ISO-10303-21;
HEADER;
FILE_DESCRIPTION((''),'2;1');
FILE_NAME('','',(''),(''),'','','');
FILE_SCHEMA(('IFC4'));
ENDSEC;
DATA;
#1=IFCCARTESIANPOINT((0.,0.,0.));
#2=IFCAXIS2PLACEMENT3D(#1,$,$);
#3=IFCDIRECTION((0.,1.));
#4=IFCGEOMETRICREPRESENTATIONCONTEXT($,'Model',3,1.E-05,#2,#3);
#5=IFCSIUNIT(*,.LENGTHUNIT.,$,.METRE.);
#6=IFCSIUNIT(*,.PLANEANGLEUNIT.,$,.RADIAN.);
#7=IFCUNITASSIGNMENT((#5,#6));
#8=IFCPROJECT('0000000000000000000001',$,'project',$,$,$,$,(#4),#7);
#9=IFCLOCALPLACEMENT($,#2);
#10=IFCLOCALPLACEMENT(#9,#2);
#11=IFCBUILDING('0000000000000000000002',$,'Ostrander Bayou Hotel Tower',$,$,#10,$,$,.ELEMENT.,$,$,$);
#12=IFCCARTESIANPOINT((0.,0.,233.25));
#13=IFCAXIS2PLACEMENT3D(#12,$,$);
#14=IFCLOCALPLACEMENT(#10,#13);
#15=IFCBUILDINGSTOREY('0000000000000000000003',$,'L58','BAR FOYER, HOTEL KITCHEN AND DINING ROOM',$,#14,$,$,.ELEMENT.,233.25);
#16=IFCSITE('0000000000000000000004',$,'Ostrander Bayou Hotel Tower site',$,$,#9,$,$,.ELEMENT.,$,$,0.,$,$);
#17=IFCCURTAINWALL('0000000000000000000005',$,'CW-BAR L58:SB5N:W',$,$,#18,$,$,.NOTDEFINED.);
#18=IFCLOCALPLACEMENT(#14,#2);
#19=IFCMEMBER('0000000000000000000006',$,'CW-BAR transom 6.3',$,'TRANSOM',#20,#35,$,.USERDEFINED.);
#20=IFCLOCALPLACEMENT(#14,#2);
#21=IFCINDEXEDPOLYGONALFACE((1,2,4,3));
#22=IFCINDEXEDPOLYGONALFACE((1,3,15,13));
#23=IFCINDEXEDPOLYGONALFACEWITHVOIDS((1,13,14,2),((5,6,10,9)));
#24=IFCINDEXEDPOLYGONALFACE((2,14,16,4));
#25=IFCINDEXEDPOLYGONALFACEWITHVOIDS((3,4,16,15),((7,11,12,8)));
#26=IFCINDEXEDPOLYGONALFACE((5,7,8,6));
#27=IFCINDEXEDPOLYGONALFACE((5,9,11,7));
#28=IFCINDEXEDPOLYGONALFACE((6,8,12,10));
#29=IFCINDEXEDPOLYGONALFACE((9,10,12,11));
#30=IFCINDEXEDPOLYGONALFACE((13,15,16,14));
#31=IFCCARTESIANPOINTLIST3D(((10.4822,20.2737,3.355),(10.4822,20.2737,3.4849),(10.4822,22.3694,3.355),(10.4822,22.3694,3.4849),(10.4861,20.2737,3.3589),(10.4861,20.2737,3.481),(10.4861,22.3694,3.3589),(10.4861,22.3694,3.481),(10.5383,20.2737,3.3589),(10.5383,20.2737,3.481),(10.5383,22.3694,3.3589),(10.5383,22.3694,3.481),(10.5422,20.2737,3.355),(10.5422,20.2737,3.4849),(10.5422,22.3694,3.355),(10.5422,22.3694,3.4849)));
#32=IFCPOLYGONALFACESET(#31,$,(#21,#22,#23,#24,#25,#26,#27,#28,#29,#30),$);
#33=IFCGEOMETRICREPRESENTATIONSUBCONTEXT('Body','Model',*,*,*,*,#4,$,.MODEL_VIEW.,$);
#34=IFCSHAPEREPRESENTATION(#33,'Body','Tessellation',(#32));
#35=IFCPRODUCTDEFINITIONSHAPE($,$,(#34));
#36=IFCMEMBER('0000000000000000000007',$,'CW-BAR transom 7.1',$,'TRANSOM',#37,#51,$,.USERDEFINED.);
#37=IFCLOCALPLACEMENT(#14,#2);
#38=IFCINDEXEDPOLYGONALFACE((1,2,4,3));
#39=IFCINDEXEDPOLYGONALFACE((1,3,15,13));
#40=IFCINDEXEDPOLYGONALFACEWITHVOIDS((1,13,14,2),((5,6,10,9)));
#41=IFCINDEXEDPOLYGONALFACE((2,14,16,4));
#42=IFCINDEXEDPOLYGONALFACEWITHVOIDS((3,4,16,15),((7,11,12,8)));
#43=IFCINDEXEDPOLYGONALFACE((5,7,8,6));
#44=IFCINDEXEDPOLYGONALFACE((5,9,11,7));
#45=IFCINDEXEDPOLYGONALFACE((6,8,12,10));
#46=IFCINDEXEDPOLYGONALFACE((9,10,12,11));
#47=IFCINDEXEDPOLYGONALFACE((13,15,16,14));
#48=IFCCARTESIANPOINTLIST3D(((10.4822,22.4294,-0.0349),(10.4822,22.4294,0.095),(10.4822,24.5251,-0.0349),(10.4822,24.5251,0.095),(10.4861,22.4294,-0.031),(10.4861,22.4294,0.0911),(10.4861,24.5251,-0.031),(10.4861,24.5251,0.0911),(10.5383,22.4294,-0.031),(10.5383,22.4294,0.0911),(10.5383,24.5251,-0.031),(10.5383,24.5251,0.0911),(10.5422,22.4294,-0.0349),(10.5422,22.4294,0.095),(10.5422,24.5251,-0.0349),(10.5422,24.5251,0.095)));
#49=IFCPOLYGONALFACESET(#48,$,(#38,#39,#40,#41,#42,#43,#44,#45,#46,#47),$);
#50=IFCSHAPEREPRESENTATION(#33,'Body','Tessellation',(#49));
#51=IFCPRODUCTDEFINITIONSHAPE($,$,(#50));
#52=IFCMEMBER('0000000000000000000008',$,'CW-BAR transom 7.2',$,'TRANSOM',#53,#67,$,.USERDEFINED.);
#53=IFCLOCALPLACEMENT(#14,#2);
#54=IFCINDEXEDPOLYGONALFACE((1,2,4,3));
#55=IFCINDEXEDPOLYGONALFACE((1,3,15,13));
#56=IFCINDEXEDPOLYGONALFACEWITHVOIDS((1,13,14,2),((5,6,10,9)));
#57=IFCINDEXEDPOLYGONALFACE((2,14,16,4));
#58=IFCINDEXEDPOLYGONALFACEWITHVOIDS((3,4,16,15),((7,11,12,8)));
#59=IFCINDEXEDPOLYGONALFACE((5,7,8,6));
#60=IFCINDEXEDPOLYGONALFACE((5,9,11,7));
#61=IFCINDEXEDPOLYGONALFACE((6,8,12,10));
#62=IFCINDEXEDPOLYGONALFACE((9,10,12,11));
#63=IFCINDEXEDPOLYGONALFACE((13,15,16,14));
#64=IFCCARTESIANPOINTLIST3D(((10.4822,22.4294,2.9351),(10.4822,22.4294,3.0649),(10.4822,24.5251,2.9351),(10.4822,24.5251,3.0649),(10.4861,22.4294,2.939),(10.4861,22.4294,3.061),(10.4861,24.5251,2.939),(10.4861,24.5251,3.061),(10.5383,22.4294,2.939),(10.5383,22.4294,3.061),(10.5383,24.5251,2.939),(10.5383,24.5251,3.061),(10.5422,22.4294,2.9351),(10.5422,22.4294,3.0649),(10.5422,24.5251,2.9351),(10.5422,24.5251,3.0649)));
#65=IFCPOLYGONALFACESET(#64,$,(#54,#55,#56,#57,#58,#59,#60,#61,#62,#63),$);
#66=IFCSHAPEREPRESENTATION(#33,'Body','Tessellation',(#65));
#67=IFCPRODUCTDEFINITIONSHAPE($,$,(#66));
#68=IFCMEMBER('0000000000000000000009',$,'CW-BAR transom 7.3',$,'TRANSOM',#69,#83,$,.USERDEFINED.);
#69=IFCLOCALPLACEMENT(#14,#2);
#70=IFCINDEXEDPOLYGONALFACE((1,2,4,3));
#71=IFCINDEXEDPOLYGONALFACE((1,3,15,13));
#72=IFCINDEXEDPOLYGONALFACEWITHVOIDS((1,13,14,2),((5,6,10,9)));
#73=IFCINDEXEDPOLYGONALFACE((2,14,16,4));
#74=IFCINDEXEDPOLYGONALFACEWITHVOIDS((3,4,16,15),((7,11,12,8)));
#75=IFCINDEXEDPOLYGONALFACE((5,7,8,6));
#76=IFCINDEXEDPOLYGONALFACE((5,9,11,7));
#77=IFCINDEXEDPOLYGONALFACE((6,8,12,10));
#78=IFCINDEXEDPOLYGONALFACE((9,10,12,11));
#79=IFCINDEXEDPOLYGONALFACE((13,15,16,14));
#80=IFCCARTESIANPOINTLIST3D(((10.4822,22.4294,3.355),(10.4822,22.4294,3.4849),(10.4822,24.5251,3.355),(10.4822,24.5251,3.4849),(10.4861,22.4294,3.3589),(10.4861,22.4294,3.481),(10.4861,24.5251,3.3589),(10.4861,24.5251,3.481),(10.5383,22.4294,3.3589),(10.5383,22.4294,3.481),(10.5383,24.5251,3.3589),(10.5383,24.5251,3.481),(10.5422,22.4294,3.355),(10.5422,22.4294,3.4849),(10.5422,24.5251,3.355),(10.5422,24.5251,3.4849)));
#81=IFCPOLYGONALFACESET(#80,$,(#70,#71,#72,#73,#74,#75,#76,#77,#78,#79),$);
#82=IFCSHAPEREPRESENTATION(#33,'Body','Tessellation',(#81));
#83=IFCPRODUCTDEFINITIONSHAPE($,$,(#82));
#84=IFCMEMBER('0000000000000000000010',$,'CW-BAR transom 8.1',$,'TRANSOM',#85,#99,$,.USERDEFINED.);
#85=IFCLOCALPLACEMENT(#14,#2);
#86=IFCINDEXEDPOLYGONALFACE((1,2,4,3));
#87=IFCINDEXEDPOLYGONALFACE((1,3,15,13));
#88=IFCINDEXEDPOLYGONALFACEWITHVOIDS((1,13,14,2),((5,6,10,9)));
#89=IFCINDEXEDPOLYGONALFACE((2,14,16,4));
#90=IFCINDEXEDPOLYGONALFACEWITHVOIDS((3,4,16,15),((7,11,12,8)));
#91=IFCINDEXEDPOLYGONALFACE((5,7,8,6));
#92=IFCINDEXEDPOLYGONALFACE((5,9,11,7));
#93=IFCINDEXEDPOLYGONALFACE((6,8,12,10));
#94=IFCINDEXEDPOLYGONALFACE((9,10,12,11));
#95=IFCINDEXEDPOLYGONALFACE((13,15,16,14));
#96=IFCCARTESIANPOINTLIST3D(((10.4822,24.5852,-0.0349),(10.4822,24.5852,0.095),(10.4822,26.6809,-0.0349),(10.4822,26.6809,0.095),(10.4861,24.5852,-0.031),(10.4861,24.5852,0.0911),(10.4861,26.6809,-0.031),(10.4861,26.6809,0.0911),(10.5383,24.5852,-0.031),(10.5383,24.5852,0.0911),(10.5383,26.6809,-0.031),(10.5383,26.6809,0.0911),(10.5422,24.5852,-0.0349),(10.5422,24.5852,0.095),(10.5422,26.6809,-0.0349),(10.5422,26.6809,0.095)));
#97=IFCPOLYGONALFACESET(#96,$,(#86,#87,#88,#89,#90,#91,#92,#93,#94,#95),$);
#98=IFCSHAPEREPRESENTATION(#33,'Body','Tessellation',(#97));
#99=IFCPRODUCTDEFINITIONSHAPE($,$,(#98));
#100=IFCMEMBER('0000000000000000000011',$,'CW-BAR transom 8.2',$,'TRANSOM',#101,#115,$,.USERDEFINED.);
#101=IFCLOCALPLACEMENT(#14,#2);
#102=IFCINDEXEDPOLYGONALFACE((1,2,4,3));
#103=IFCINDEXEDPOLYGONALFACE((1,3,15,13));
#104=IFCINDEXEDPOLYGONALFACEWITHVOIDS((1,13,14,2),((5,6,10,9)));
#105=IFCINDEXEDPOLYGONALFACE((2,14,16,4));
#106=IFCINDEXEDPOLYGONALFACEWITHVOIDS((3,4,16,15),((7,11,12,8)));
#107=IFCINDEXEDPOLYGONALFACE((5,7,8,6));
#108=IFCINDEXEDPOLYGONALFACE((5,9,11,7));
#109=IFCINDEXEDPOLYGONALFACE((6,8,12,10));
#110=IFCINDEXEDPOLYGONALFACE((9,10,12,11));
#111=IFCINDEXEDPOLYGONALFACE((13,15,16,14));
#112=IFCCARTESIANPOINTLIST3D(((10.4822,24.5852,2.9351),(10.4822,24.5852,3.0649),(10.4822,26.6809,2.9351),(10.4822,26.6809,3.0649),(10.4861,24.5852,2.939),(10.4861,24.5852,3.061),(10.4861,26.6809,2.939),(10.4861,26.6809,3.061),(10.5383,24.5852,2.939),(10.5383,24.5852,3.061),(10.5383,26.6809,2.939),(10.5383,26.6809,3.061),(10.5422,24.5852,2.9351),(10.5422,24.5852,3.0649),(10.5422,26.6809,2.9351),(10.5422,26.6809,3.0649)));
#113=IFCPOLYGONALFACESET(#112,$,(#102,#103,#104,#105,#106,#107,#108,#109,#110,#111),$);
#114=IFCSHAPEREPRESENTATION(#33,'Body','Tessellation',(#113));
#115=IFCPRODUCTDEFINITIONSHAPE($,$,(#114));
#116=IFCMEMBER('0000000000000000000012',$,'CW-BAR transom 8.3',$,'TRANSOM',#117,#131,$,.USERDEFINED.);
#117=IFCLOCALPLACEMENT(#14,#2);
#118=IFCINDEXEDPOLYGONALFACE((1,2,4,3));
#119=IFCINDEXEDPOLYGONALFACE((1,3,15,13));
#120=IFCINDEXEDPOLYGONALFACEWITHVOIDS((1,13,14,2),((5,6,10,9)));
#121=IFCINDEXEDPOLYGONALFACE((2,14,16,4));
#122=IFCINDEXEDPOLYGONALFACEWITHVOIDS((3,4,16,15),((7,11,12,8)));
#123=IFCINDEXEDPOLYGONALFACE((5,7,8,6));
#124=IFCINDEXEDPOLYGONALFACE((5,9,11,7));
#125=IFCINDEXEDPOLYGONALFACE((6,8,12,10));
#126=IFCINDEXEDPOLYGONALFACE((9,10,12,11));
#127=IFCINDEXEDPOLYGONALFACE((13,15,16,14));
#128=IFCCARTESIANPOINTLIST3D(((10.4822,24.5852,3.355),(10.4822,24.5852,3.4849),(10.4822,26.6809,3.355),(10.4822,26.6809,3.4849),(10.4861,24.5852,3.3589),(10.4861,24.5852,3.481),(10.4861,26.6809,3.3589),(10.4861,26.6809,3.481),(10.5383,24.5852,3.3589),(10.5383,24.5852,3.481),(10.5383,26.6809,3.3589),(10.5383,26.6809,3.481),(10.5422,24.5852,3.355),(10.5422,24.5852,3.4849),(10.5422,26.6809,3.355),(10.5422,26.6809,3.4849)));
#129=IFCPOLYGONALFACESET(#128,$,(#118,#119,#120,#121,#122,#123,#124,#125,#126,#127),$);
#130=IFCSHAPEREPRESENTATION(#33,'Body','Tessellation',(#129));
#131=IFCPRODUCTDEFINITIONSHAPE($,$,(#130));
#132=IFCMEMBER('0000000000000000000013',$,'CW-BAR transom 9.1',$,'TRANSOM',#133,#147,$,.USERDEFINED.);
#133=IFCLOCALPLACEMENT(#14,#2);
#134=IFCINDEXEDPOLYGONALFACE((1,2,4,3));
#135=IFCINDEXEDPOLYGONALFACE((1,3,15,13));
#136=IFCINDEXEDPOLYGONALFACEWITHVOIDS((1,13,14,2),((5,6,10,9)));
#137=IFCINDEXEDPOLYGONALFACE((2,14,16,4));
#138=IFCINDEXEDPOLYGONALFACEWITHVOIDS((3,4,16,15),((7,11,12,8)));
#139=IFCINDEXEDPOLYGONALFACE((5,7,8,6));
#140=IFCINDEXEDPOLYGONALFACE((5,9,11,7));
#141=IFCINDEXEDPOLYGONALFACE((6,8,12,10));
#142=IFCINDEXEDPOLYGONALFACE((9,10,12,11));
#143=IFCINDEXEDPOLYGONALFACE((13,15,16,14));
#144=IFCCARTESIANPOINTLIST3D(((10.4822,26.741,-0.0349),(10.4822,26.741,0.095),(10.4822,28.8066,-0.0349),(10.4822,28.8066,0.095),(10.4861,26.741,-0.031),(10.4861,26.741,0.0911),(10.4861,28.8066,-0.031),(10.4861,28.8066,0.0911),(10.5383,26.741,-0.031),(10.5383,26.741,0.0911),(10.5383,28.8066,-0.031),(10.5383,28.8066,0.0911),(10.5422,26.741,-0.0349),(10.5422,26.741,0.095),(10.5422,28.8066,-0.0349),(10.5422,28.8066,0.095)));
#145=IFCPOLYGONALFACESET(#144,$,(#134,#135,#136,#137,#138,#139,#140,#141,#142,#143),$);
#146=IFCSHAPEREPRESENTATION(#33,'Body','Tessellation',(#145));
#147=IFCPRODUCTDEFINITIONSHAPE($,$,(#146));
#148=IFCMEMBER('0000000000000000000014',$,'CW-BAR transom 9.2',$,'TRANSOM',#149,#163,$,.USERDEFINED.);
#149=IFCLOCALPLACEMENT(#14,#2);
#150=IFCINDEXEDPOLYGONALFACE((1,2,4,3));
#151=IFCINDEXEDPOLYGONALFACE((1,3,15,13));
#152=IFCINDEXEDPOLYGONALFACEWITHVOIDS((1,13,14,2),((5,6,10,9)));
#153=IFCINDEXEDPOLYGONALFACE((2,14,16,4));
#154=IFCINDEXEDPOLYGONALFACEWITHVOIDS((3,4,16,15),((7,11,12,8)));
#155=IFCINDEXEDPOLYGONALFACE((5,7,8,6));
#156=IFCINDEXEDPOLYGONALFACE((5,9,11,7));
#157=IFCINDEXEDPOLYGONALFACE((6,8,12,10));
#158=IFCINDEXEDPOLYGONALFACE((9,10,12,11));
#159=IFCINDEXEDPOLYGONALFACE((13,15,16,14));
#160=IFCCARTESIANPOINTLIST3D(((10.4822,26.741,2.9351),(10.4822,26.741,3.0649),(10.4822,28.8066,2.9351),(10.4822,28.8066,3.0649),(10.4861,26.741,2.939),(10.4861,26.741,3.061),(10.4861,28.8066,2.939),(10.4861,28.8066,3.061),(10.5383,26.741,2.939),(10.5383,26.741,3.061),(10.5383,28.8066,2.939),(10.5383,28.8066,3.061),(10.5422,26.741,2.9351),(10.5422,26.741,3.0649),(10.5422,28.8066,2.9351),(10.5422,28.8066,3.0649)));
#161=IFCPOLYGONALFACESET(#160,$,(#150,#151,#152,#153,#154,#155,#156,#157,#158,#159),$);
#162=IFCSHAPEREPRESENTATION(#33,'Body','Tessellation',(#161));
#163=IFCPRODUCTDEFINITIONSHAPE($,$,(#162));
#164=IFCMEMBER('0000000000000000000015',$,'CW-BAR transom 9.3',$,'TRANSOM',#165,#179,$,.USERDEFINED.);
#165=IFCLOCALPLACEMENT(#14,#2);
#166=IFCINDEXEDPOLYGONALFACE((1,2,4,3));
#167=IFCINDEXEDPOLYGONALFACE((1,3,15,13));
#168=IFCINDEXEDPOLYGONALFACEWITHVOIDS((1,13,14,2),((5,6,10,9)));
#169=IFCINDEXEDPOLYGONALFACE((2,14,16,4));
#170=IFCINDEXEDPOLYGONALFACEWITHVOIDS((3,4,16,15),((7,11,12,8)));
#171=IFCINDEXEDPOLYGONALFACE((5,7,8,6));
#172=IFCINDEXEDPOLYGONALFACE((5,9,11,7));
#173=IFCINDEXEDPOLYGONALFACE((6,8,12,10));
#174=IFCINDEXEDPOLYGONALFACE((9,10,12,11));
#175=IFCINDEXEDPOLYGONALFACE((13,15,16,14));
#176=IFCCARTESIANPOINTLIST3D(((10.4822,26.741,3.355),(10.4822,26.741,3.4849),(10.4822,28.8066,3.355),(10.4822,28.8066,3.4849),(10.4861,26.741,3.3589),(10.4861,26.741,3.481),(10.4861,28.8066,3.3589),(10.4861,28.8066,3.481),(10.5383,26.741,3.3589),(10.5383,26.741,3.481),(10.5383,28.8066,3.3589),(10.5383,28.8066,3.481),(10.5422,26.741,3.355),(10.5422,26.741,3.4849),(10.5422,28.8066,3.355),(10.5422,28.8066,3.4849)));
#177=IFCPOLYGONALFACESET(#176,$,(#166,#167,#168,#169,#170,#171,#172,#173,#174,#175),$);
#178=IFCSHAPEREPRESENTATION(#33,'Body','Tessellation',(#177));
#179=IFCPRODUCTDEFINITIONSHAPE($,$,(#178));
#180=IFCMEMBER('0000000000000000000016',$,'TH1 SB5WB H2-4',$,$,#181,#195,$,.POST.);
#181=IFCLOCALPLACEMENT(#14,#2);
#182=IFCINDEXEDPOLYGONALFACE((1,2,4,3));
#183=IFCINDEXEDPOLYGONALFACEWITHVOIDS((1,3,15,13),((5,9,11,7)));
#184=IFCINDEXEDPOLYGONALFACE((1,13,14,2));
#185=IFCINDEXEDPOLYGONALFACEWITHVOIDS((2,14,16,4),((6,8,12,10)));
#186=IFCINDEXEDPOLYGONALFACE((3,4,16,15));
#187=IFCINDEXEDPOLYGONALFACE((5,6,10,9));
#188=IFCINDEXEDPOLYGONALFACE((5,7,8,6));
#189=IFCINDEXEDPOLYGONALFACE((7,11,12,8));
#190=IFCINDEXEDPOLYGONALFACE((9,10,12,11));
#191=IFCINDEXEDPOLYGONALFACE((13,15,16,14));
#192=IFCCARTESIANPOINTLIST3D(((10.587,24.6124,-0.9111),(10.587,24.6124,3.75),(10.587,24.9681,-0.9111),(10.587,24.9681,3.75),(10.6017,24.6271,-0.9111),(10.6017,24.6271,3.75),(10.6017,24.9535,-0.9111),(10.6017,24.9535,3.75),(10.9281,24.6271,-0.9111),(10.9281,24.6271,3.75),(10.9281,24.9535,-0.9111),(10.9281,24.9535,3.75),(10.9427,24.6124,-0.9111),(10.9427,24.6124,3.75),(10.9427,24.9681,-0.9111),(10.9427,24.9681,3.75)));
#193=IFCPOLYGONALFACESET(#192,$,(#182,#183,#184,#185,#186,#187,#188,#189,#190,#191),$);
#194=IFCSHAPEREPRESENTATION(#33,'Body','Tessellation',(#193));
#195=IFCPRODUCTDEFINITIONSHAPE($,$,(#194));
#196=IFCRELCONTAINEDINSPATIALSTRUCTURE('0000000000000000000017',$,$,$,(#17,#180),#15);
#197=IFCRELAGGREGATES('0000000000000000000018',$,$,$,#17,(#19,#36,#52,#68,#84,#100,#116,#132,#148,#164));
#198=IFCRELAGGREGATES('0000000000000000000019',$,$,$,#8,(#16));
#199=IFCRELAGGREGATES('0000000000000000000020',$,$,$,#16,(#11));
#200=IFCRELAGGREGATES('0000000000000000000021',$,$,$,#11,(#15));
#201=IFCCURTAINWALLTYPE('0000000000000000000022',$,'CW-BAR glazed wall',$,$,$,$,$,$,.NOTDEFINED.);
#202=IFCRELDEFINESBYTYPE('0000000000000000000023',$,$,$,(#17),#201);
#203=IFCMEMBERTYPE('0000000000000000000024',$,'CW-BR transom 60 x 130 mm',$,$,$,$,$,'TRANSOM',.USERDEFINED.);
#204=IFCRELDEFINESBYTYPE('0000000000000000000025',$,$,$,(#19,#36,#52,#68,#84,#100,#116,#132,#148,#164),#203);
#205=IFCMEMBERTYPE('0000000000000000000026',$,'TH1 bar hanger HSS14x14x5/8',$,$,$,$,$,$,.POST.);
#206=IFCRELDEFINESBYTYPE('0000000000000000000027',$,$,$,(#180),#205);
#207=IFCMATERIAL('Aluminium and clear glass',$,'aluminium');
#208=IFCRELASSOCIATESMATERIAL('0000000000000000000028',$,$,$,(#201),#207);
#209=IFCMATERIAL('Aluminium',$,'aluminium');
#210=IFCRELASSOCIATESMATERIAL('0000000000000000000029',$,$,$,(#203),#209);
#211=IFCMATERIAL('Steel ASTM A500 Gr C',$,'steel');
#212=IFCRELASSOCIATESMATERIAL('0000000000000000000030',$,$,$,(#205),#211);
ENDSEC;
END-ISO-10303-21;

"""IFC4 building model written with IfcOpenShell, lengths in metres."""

from ifc_helpers import new_model, si_unit, direction, frame, origin, origin_2d, place, context, subcontext, project, spatial, hollow_rectangle, extrude, material, material_profile, profile_set, type_object, element, aggregate, save


model = new_model("IFC4")

# Units and contexts
model_context = context("Model", 3, precision=1e-05, world=origin(), true_north=direction((0.0, 1.0)))
body_context = subcontext(model_context, "Body", "Model", "MODEL_VIEW")
ifc_project = project(units=[si_unit("LENGTHUNIT", "METRE"), si_unit("PLANEANGLEUNIT", "RADIAN")], contexts=[model_context])

# Site, building, storey
site_placement = place(None, origin())
site = spatial("IfcSite", under=ifc_project, at=site_placement, Name="Ostrander Bayou Hotel Tower site", CompositionType="ELEMENT", RefElevation=0.0)
building_placement = place(site_placement, origin())
building = spatial("IfcBuilding", under=site, at=building_placement, Name="Ostrander Bayou Hotel Tower", CompositionType="ELEMENT")
storey_placement = place(building_placement, frame((0.0, 0.0, 233.25)))
storey = spatial("IfcBuildingStorey", under=building, at=storey_placement, Name="L58", Description="BAR FOYER, HOTEL KITCHEN AND DINING ROOM", CompositionType="ELEMENT", Elevation=233.25)

# Curtain wall, members
ifc_material_1 = material(Name="Aluminium and clear glass", Category="aluminium")
curtain_wall_type = type_object("IfcCurtainWallType", Name="CW-BAR glazed wall", PredefinedType="NOTDEFINED", material=ifc_material_1)
curtain_wall_placement = place(storey_placement, origin())
curtain_wall = element("IfcCurtainWall", 1, at=curtain_wall_placement, inside=storey, type_object=curtain_wall_type, Name="CW-BAR L58:SB5N:W", PredefinedType="NOTDEFINED")
ifc_material_2 = material(Name="Aluminium", Category="aluminium")
ifc_material_profile_1 = material_profile(ifc_material_2, hollow_rectangle(XDim=0.0601, YDim=0.1299, WallThickness=0.0039, at=origin_2d()))
ifc_profile_set_1 = profile_set([ifc_material_profile_1], Name="Aluminium")
member_type_1 = type_object("IfcMemberType", Name="CW-BR transom 60 x 130 mm", ElementType="TRANSOM", PredefinedType="USERDEFINED", material=ifc_profile_set_1)
member_1_placement = place(storey_placement, frame((10.5122, 20.2737, 3.4199), z_axis=(0.0, 1.0, 0.0), x_axis=(-1.0, 0.0, 0.0)))
member_1 = element("IfcMember", 2, at=member_1_placement, type_object=member_type_1, Name="CW-BAR transom 6.3", ObjectType="TRANSOM", PredefinedType="USERDEFINED", context=body_context, shape_type="SweptSolid", body=[
    extrude(hollow_rectangle(XDim=0.0601, YDim=0.1299, WallThickness=0.0039, at=origin_2d()), origin(), (0.0, 0.0, 1.0), 2.0957),
])
member_2_placement = place(storey_placement, frame((10.5122, 22.4294, 0.03), z_axis=(0.0, 1.0, 0.0), x_axis=(-1.0, 0.0, 0.0)))
member_2 = element("IfcMember", 3, at=member_2_placement, type_object=member_type_1, Name="CW-BAR transom 7.1", ObjectType="TRANSOM", PredefinedType="USERDEFINED", context=body_context, shape_type="SweptSolid", body=[
    extrude(hollow_rectangle(XDim=0.0601, YDim=0.1299, WallThickness=0.0039, at=origin_2d()), origin(), (0.0, 0.0, 1.0), 2.0957),
])
member_3_placement = place(storey_placement, frame((10.5122, 22.4294, 3.0), z_axis=(0.0, 1.0, 0.0), x_axis=(-1.0, 0.0, 0.0)))
member_3 = element("IfcMember", 4, at=member_3_placement, type_object=member_type_1, Name="CW-BAR transom 7.2", ObjectType="TRANSOM", PredefinedType="USERDEFINED", context=body_context, shape_type="SweptSolid", body=[
    extrude(hollow_rectangle(XDim=0.0601, YDim=0.1299, WallThickness=0.0039, at=origin_2d()), origin(), (0.0, 0.0, 1.0), 2.0957),
])
member_4_placement = place(storey_placement, frame((10.5122, 22.4294, 3.4199), z_axis=(0.0, 1.0, 0.0), x_axis=(-1.0, 0.0, 0.0)))
member_4 = element("IfcMember", 5, at=member_4_placement, type_object=member_type_1, Name="CW-BAR transom 7.3", ObjectType="TRANSOM", PredefinedType="USERDEFINED", context=body_context, shape_type="SweptSolid", body=[
    extrude(hollow_rectangle(XDim=0.0601, YDim=0.1299, WallThickness=0.0039, at=origin_2d()), origin(), (0.0, 0.0, 1.0), 2.0957),
])
member_5_placement = place(storey_placement, frame((10.5122, 24.5852, 0.03), z_axis=(0.0, 1.0, 0.0), x_axis=(-1.0, 0.0, 0.0)))
member_5 = element("IfcMember", 6, at=member_5_placement, type_object=member_type_1, Name="CW-BAR transom 8.1", ObjectType="TRANSOM", PredefinedType="USERDEFINED", context=body_context, shape_type="SweptSolid", body=[
    extrude(hollow_rectangle(XDim=0.0601, YDim=0.1299, WallThickness=0.0039, at=origin_2d()), origin(), (0.0, 0.0, 1.0), 2.0957),
])
member_6_placement = place(storey_placement, frame((10.5122, 24.5852, 3.0), z_axis=(0.0, 1.0, 0.0), x_axis=(-1.0, 0.0, 0.0)))
member_6 = element("IfcMember", 7, at=member_6_placement, type_object=member_type_1, Name="CW-BAR transom 8.2", ObjectType="TRANSOM", PredefinedType="USERDEFINED", context=body_context, shape_type="SweptSolid", body=[
    extrude(hollow_rectangle(XDim=0.0601, YDim=0.1299, WallThickness=0.0039, at=origin_2d()), origin(), (0.0, 0.0, 1.0), 2.0957),
])
member_7_placement = place(storey_placement, frame((10.5122, 24.5852, 3.4199), z_axis=(0.0, 1.0, 0.0), x_axis=(-1.0, 0.0, 0.0)))
member_7 = element("IfcMember", 8, at=member_7_placement, type_object=member_type_1, Name="CW-BAR transom 8.3", ObjectType="TRANSOM", PredefinedType="USERDEFINED", context=body_context, shape_type="SweptSolid", body=[
    extrude(hollow_rectangle(XDim=0.0601, YDim=0.1299, WallThickness=0.0039, at=origin_2d()), origin(), (0.0, 0.0, 1.0), 2.0957),
])
member_8_placement = place(storey_placement, frame((10.5122, 26.741, 0.03), z_axis=(0.0, 1.0, 0.0), x_axis=(-1.0, 0.0, 0.0)))
member_8 = element("IfcMember", 9, at=member_8_placement, type_object=member_type_1, Name="CW-BAR transom 9.1", ObjectType="TRANSOM", PredefinedType="USERDEFINED", context=body_context, shape_type="SweptSolid", body=[
    extrude(hollow_rectangle(XDim=0.0601, YDim=0.1299, WallThickness=0.0039, at=origin_2d()), origin(), (0.0, 0.0, 1.0), 2.0657),
])
member_9_placement = place(storey_placement, frame((10.5122, 26.741, 3.0), z_axis=(0.0, 1.0, 0.0), x_axis=(-1.0, 0.0, 0.0)))
member_9 = element("IfcMember", 10, at=member_9_placement, type_object=member_type_1, Name="CW-BAR transom 9.2", ObjectType="TRANSOM", PredefinedType="USERDEFINED", context=body_context, shape_type="SweptSolid", body=[
    extrude(hollow_rectangle(XDim=0.0601, YDim=0.1299, WallThickness=0.0039, at=origin_2d()), origin(), (0.0, 0.0, 1.0), 2.0657),
])
member_10_placement = place(storey_placement, frame((10.5122, 26.741, 3.4199), z_axis=(0.0, 1.0, 0.0), x_axis=(-1.0, 0.0, 0.0)))
member_10 = element("IfcMember", 11, at=member_10_placement, type_object=member_type_1, Name="CW-BAR transom 9.3", ObjectType="TRANSOM", PredefinedType="USERDEFINED", context=body_context, shape_type="SweptSolid", body=[
    extrude(hollow_rectangle(XDim=0.0601, YDim=0.1299, WallThickness=0.0039, at=origin_2d()), origin(), (0.0, 0.0, 1.0), 2.0657),
])

# Member
ifc_material_3 = material(Name="Steel ASTM A500 Gr C", Category="steel")
ifc_material_profile_2 = material_profile(ifc_material_3, hollow_rectangle(XDim=0.3557, YDim=0.3557, WallThickness=0.0146, at=origin_2d()))
ifc_profile_set_2 = profile_set([ifc_material_profile_2], Name="Steel ASTM A500 Gr C")
member_type_2 = type_object("IfcMemberType", Name="TH1 bar hanger HSS14x14x5/8", PredefinedType="POST", material=ifc_profile_set_2)
for number, where, z_axis, x_axis, name in (
    (12, (10.7649, 24.7903, -0.9111), (0.0, 0.0, 1.0), (1.0, 0.0, 0.0), "TH1 SB5WB H2-4"),
):
    element("IfcMember", number, at=place(storey_placement, frame(where, z_axis=z_axis, x_axis=x_axis)), inside=storey, type_object=member_type_2, Name=name, PredefinedType="POST", context=body_context, shape_type="SweptSolid", body=[
        extrude(hollow_rectangle(XDim=0.3557, YDim=0.3557, WallThickness=0.0146, at=origin_2d()), origin(), (0.0, 0.0, 1.0), 4.6611),
    ])

aggregate(curtain_wall, [member_1, member_2, member_3, member_4, member_5, member_6, member_7, member_8, member_9, member_10])

save(model, "model.ifc")
